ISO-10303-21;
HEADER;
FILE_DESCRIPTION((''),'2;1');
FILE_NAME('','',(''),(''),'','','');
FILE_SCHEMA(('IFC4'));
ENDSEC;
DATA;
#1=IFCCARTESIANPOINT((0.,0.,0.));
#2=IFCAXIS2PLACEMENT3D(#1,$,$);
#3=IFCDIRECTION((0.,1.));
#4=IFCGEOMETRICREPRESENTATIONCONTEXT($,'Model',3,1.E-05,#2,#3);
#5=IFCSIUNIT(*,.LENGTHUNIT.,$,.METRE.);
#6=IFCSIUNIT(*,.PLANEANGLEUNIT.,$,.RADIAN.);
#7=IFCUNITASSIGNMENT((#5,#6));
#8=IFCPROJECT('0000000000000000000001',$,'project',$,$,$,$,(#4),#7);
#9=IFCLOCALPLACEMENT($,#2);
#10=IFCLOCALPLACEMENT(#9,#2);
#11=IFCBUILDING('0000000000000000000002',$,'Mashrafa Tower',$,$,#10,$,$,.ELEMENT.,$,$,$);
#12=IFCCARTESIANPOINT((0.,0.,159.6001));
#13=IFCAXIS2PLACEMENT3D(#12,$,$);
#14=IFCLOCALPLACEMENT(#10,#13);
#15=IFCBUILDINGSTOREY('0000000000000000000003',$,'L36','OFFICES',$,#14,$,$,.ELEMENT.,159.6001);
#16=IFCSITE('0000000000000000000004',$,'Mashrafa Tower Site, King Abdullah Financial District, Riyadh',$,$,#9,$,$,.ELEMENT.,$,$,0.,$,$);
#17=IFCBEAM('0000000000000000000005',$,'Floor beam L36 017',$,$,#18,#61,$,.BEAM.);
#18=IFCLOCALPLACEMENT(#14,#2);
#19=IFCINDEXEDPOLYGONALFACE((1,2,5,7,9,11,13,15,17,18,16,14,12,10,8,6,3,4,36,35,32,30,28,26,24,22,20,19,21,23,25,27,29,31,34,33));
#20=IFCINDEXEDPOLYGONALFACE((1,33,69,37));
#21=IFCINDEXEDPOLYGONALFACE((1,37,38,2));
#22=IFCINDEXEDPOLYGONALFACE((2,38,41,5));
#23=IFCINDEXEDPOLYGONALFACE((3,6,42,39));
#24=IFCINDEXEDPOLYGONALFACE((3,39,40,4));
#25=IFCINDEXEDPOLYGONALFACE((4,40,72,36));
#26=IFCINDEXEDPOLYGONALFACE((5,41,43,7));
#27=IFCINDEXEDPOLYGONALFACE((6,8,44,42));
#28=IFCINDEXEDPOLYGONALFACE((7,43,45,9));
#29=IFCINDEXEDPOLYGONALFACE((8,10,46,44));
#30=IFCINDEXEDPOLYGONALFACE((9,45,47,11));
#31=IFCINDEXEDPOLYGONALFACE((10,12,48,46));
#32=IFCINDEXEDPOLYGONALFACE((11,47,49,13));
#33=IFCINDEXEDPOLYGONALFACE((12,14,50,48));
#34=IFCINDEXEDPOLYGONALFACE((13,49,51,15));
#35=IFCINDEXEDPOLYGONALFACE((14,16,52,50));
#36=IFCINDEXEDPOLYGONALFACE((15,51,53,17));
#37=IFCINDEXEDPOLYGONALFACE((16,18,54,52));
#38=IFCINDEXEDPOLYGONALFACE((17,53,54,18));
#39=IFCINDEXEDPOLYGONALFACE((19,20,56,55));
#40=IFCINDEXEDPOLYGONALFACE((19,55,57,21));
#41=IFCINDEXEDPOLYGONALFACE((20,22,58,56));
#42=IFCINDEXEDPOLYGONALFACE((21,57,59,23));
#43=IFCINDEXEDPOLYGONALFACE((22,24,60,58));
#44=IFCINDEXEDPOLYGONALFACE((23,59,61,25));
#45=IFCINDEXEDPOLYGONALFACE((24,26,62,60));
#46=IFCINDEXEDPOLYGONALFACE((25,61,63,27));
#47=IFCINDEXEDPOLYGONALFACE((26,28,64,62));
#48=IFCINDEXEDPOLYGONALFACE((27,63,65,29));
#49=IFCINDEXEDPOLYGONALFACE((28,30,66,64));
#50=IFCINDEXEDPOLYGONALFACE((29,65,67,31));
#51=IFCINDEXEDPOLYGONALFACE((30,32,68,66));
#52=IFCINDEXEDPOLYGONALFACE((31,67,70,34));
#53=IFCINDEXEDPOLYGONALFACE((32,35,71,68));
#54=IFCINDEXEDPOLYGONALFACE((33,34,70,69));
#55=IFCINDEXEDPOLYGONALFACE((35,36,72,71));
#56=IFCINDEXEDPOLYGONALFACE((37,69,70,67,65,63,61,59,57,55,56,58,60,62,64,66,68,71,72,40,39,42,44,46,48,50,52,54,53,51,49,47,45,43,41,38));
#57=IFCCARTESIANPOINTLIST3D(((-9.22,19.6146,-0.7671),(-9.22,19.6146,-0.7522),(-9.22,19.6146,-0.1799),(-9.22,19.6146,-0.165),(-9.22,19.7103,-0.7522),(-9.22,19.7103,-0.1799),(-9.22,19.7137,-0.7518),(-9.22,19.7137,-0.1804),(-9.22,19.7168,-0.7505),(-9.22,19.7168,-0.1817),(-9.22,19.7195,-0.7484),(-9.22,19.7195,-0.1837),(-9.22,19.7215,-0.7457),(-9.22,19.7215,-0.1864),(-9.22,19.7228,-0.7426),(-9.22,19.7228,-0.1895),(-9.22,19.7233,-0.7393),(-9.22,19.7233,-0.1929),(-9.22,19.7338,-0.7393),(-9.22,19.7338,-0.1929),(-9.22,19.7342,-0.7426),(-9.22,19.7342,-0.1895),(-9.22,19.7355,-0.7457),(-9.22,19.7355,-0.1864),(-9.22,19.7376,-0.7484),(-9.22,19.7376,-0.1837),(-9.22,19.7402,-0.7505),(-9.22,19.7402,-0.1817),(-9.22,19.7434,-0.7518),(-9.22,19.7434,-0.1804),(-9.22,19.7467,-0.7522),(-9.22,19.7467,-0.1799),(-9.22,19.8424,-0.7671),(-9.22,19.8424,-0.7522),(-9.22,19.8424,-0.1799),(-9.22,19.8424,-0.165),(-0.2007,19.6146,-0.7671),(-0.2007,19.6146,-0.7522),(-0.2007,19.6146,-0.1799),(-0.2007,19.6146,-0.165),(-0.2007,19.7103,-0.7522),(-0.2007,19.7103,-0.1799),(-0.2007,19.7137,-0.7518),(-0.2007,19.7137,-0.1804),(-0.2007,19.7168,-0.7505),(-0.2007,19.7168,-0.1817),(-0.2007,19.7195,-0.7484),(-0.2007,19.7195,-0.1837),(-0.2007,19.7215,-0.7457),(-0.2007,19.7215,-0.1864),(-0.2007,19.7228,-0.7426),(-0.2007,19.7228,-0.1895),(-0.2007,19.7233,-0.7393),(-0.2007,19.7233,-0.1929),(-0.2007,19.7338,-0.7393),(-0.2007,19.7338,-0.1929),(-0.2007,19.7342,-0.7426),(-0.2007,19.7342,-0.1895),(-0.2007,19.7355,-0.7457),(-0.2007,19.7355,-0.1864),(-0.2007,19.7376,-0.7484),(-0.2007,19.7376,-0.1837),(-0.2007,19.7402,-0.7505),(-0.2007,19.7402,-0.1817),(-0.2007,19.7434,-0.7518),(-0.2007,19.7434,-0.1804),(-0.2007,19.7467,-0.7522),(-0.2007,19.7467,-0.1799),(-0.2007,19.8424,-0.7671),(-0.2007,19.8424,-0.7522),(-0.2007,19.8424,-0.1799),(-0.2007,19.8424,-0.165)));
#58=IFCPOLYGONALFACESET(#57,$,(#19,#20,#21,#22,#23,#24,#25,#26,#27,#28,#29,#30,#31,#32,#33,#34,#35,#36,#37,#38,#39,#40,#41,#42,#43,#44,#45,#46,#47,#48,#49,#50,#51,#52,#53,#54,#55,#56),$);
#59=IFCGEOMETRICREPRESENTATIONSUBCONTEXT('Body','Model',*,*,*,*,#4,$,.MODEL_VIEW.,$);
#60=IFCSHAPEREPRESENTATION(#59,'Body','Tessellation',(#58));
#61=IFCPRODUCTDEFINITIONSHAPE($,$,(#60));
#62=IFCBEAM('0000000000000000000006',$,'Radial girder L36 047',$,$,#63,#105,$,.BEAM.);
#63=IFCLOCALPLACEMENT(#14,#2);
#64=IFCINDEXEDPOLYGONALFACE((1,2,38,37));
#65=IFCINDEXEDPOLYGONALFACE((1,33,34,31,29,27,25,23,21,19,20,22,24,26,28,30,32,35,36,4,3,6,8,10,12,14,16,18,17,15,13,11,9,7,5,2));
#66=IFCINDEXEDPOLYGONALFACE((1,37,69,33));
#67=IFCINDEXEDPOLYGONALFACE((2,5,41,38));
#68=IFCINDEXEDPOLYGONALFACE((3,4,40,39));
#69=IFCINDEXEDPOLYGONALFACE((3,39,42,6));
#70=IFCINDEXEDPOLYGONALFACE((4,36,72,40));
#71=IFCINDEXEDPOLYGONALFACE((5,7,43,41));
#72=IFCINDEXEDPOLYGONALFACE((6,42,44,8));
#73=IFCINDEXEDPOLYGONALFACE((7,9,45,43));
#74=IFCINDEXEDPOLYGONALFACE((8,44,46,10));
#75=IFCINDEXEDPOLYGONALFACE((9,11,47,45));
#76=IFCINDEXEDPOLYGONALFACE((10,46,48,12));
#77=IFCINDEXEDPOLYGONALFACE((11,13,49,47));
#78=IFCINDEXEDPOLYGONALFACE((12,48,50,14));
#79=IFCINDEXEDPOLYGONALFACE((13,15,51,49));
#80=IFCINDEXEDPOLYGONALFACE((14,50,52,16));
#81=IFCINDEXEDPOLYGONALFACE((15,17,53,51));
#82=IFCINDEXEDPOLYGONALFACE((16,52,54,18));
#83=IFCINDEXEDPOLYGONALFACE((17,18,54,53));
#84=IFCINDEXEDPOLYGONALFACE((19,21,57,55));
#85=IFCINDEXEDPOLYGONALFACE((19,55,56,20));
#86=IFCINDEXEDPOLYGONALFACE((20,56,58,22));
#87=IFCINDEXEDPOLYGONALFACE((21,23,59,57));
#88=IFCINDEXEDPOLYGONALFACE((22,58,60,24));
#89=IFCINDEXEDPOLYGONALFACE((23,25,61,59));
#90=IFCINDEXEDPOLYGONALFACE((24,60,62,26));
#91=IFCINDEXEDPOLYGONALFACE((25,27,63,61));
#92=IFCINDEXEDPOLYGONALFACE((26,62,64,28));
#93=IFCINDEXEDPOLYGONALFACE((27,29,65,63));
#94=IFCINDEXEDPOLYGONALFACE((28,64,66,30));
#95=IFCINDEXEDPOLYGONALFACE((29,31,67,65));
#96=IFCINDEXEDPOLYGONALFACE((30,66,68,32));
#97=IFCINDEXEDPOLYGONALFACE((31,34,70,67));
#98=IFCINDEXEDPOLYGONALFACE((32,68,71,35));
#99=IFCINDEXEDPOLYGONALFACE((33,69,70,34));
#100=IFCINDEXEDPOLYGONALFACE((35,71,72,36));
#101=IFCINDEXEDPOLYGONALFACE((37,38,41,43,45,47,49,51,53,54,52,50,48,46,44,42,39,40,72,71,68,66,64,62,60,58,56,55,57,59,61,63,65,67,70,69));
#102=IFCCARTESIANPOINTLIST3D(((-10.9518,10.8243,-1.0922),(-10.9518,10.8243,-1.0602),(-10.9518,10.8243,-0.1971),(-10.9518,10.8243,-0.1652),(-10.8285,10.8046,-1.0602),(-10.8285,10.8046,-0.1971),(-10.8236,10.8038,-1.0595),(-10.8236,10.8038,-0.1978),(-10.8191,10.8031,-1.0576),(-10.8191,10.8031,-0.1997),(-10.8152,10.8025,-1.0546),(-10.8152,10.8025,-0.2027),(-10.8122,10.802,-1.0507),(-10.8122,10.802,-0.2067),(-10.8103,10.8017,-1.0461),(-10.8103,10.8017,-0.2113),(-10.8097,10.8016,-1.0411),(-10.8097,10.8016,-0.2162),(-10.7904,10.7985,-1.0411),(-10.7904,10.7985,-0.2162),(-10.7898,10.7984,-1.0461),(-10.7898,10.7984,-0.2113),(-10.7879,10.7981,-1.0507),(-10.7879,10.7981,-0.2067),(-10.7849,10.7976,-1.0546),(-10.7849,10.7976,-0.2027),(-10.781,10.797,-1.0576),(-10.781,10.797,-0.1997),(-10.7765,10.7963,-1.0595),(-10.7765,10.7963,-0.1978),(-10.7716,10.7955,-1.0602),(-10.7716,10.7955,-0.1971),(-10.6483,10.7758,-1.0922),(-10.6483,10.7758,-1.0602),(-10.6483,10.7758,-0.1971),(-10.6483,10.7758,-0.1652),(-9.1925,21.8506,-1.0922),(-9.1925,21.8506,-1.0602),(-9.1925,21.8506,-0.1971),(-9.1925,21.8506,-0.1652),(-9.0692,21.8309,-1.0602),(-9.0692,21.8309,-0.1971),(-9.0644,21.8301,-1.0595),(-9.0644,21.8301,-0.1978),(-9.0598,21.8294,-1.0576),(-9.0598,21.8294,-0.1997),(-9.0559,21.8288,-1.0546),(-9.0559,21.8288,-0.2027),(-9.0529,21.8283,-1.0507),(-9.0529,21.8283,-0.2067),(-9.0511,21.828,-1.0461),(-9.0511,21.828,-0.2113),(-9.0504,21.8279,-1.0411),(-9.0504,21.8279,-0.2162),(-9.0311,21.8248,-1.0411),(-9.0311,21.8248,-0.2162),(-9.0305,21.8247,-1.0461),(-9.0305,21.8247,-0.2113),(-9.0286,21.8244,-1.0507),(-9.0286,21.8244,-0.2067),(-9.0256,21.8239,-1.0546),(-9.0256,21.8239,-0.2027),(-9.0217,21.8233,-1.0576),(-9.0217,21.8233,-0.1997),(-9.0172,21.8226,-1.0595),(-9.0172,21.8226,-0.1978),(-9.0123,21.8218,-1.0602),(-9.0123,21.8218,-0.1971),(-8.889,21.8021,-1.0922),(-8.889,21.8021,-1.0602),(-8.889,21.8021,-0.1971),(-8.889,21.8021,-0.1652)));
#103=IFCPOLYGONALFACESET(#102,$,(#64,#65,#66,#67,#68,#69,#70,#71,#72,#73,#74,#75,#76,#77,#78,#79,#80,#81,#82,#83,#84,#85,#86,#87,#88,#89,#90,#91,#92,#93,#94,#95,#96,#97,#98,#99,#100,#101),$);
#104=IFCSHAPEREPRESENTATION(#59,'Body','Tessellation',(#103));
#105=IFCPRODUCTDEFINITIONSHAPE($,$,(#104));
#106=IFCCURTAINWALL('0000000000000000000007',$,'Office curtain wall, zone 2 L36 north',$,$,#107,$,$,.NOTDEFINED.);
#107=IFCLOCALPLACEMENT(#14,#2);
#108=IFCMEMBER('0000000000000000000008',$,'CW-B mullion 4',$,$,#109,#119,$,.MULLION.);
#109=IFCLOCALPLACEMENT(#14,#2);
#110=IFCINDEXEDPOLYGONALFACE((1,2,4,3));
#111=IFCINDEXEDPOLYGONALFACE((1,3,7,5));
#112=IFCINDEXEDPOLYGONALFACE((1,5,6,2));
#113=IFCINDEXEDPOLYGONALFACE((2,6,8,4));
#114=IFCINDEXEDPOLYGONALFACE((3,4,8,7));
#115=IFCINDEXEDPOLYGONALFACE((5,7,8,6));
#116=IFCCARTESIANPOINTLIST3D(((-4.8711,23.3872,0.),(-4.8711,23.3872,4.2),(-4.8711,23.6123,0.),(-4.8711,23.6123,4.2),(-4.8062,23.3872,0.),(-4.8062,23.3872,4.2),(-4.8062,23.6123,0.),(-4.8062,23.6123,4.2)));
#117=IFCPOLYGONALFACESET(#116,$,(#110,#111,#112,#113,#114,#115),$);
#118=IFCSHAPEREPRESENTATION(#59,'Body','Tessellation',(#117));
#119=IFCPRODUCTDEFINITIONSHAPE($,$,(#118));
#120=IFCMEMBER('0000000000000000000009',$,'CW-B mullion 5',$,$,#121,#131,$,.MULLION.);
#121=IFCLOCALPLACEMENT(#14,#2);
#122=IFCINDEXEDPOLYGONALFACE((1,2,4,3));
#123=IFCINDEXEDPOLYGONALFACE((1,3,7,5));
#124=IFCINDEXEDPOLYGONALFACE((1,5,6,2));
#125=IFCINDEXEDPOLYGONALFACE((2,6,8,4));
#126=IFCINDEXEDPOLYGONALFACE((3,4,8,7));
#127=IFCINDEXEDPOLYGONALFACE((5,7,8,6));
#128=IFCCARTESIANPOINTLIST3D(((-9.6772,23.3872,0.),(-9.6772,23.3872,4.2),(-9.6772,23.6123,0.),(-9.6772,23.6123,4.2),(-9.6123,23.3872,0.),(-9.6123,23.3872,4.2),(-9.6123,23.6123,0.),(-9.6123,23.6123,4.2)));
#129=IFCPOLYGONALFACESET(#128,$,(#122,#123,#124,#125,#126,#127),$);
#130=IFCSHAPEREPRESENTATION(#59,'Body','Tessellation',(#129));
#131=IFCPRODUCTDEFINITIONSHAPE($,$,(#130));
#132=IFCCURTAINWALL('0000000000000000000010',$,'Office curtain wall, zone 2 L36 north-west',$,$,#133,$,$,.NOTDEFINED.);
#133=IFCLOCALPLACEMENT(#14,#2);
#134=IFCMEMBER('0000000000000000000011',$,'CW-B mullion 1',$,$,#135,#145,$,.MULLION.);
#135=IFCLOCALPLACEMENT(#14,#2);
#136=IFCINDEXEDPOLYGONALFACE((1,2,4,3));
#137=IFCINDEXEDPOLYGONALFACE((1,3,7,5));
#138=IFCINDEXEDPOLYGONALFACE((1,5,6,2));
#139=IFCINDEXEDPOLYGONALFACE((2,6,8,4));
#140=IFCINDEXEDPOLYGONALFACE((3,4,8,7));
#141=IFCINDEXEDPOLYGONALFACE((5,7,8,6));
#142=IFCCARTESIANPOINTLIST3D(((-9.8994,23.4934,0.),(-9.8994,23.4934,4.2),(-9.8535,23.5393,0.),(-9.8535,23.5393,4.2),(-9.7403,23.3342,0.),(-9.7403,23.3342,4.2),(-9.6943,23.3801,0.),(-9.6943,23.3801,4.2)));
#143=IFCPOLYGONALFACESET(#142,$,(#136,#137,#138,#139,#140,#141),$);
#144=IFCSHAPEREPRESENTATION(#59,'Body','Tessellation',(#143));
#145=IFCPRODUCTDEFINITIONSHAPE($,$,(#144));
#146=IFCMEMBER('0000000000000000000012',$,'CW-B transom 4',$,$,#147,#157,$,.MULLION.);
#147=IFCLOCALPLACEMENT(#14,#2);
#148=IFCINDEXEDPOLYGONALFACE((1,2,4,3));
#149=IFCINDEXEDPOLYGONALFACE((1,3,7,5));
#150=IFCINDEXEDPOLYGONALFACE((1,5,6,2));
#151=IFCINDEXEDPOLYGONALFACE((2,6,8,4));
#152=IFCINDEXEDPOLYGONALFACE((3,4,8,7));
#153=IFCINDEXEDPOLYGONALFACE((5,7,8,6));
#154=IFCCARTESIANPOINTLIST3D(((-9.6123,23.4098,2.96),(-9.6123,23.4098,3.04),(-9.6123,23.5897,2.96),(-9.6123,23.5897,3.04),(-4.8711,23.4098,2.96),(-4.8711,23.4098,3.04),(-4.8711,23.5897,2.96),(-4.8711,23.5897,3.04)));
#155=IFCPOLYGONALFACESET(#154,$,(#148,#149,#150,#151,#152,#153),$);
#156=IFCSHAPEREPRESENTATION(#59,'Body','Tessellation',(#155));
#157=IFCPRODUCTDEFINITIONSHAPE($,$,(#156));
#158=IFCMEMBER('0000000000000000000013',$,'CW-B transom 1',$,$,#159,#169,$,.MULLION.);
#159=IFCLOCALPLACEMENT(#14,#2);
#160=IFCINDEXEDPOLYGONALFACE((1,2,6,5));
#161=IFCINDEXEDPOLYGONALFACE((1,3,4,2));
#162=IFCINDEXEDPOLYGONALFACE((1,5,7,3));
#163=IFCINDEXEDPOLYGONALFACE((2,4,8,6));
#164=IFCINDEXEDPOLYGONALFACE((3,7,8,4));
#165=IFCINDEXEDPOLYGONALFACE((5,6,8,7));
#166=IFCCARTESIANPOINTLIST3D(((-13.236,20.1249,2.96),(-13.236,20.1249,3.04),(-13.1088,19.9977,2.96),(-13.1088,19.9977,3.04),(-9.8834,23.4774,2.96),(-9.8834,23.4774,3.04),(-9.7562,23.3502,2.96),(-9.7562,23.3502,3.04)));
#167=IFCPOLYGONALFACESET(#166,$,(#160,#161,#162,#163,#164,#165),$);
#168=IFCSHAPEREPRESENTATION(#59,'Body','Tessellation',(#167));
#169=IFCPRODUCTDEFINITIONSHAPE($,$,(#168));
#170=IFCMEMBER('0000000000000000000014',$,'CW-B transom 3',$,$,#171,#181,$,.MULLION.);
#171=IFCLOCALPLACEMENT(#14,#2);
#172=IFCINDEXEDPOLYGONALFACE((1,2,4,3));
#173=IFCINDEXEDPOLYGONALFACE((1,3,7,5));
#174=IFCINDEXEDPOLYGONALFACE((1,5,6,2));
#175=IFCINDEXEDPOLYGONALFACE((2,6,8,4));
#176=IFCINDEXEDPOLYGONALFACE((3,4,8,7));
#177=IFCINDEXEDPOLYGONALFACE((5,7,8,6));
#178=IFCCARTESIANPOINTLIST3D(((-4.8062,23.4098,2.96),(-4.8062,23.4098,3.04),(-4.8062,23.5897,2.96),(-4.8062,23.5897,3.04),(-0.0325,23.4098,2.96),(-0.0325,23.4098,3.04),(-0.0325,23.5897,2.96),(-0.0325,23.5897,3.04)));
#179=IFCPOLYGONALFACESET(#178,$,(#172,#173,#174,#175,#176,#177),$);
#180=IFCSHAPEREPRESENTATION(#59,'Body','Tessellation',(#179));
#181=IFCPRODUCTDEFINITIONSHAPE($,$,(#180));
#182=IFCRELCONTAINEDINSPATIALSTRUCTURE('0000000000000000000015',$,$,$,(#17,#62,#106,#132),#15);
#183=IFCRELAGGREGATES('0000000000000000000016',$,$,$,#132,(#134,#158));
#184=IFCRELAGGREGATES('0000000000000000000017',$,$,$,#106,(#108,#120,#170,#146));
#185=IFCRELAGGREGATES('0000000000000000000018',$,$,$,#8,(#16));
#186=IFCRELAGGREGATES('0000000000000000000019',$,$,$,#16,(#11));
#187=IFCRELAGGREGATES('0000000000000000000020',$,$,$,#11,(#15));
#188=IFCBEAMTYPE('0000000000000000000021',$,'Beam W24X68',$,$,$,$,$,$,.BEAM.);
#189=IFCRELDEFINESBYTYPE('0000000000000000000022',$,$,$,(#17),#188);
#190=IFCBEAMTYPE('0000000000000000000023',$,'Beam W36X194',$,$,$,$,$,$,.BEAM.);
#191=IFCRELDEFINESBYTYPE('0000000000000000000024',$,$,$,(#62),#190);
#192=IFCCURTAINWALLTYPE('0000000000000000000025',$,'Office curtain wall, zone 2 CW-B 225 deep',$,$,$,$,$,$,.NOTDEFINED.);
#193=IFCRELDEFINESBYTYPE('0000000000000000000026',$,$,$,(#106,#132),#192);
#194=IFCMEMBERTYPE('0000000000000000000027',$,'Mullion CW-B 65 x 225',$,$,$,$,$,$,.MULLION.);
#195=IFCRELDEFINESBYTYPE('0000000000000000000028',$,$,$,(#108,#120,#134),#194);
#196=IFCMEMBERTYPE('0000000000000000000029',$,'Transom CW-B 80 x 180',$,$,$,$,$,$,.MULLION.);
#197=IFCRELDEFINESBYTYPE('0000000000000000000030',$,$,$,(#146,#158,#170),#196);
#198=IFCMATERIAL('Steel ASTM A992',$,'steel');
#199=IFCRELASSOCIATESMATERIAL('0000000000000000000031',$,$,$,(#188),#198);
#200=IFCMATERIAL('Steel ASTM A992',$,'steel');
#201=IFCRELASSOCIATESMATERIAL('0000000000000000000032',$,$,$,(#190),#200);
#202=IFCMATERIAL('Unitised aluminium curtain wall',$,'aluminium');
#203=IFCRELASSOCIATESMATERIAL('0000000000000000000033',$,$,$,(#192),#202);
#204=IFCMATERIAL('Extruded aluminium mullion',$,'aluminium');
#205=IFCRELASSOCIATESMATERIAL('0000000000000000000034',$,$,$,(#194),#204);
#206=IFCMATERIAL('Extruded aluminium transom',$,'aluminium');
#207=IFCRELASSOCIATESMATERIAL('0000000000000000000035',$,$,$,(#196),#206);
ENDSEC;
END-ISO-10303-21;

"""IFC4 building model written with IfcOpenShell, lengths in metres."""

from ifc_helpers import new_model, si_unit, direction, frame, origin, origin_2d, place, context, subcontext, project, spatial, rectangle, i_section, extrude, source, transform, mapped, material, material_profile, profile_set, type_object, type_shapes, element, aggregate, save


model = new_model("IFC4")

# Units and contexts
model_context = context("Model", 3, precision=1e-05, world=origin(), true_north=direction((0.0, 1.0)))
body_context = subcontext(model_context, "Body", "Model", "MODEL_VIEW")
ifc_project = project(units=[si_unit("LENGTHUNIT", "METRE"), si_unit("PLANEANGLEUNIT", "RADIAN")], contexts=[model_context])

# Site, building, storey
site_placement = place(None, origin())
site = spatial("IfcSite", under=ifc_project, at=site_placement, Name="Mashrafa Tower Site, King Abdullah Financial District, Riyadh", CompositionType="ELEMENT", RefElevation=0.0)
building_placement = place(site_placement, origin())
building = spatial("IfcBuilding", under=site, at=building_placement, Name="Mashrafa Tower", CompositionType="ELEMENT")
storey_placement = place(building_placement, frame((0.0, 0.0, 159.6001)))
storey = spatial("IfcBuildingStorey", under=building, at=storey_placement, Name="L36", Description="OFFICES", CompositionType="ELEMENT", Elevation=159.6001)

# Beams
ifc_material_1 = material(Name="Steel ASTM A992", Category="steel")
ifc_material_profile_1 = material_profile(ifc_material_1, i_section(OverallWidth=0.2278, OverallDepth=0.6021, WebThickness=0.0105, FlangeThickness=0.0149, FilletRadius=0.0129, at=origin_2d()), Name="W24X68")
ifc_profile_set_1 = profile_set([ifc_material_profile_1], Name="Steel ASTM A992")
beam_type_1 = type_object("IfcBeamType", Name="Beam W24X68", PredefinedType="BEAM", material=ifc_profile_set_1)
beam_1_placement = place(storey_placement, frame((-9.22, 19.7285, -0.4661), z_axis=(1.0, 0.0, 0.0), x_axis=(0.0, 1.0, 0.0)))
element("IfcBeam", 1, at=beam_1_placement, inside=storey, type_object=beam_type_1, Name="Floor beam L36 017", PredefinedType="BEAM", context=body_context, shape_type="SweptSolid", body=[
    extrude(i_section(OverallWidth=0.2278, OverallDepth=0.6021, WebThickness=0.0105, FlangeThickness=0.0149, FilletRadius=0.0129, at=origin_2d()), origin(), (0.0, 0.0, 1.0), 9.0193),
])
ifc_material_2 = material(Name="Steel ASTM A992", Category="steel")
ifc_material_profile_2 = material_profile(ifc_material_2, i_section(OverallWidth=0.3074, OverallDepth=0.927, WebThickness=0.0195, FlangeThickness=0.032, FilletRadius=0.019, at=origin_2d()), Name="W36X194")
ifc_profile_set_2 = profile_set([ifc_material_profile_2], Name="Steel ASTM A992")
beam_type_2 = type_object("IfcBeamType", Name="Beam W36X194", PredefinedType="BEAM", material=ifc_profile_set_2)
beam_2_placement = place(storey_placement, frame((-10.8, 10.8, -0.6287), z_axis=(0.157559, 0.98751, 0.0), x_axis=(-0.98751, 0.157559, 0.0)))
element("IfcBeam", 2, at=beam_2_placement, inside=storey, type_object=beam_type_2, Name="Radial girder L36 047", PredefinedType="BEAM", context=body_context, shape_type="SweptSolid", body=[
    extrude(i_section(OverallWidth=0.3074, OverallDepth=0.927, WebThickness=0.0195, FlangeThickness=0.032, FilletRadius=0.019, at=origin_2d()), origin(), (0.0, 0.0, 1.0), 11.1658),
])

# Curtain wall, members
ifc_material_3 = material(Name="Unitised aluminium curtain wall", Category="aluminium")
curtain_wall_type = type_object("IfcCurtainWallType", Name="Office curtain wall, zone 2 CW-B 225 deep", PredefinedType="NOTDEFINED", material=ifc_material_3)
curtain_wall_1_placement = place(storey_placement, origin())
curtain_wall_1 = element("IfcCurtainWall", 3, at=curtain_wall_1_placement, inside=storey, type_object=curtain_wall_type, Name="Office curtain wall, zone 2 L36 north", PredefinedType="NOTDEFINED")
ifc_material_4 = material(Name="Extruded aluminium mullion", Category="aluminium")
ifc_material_profile_3 = material_profile(ifc_material_4, rectangle(XDim=0.2251, YDim=0.0649, at=origin_2d()), Name="Mullion 65x225")
ifc_profile_set_3 = profile_set([ifc_material_profile_3], Name="Extruded aluminium mullion")
member_type_1 = type_object("IfcMemberType", Name="Mullion CW-B 65 x 225", PredefinedType="MULLION", material=ifc_profile_set_3)
shared_shape_1 = source(origin(), body_context, "Body", "SweptSolid", [
    extrude(rectangle(XDim=0.2251, YDim=0.0649, at=origin_2d()), origin(), (0.0, 0.0, 1.0), 4.2),
])
type_shapes(member_type_1, [shared_shape_1])
member_1_placement = place(storey_placement, frame((-4.8386, 23.4998, 0.0), z_axis=(0.0, 0.0, 1.0), x_axis=(0.0, -1.0, 0.0)))
member_1 = element("IfcMember", 4, at=member_1_placement, type_object=member_type_1, Name="CW-B mullion 4", PredefinedType="MULLION", context=body_context, shape_type="MappedRepresentation", body=[
    mapped(shared_shape_1, transform((0.0, 0.0, 0.0))),
])
member_2_placement = place(storey_placement, frame((-9.6448, 23.4998, 0.0), z_axis=(0.0, 0.0, 1.0), x_axis=(0.0, -1.0, 0.0)))
member_2 = element("IfcMember", 5, at=member_2_placement, type_object=member_type_1, Name="CW-B mullion 5", PredefinedType="MULLION", context=body_context, shape_type="MappedRepresentation", body=[
    mapped(shared_shape_1, transform((0.0, 0.0, 0.0))),
])

# Curtain wall, member
curtain_wall_2_placement = place(storey_placement, origin())
curtain_wall_2 = element("IfcCurtainWall", 6, at=curtain_wall_2_placement, inside=storey, type_object=curtain_wall_type, Name="Office curtain wall, zone 2 L36 north-west", PredefinedType="NOTDEFINED")
member_3_placement = place(storey_placement, frame((-9.7969, 23.4368, 0.0), z_axis=(0.0, 0.0, 1.0), x_axis=(0.707107, -0.707107, 0.0)))
member_3 = element("IfcMember", 7, at=member_3_placement, type_object=member_type_1, Name="CW-B mullion 1", PredefinedType="MULLION", context=body_context, shape_type="MappedRepresentation", body=[
    mapped(shared_shape_1, transform((0.0, 0.0, 0.0))),
])

# Members
ifc_material_5 = material(Name="Extruded aluminium transom", Category="aluminium")
ifc_material_profile_4 = material_profile(ifc_material_5, rectangle(XDim=0.1799, YDim=0.0801, at=origin_2d()), Name="Transom 80x180")
ifc_profile_set_4 = profile_set([ifc_material_profile_4], Name="Extruded aluminium transom")
member_type_2 = type_object("IfcMemberType", Name="Transom CW-B 80 x 180", PredefinedType="MULLION", material=ifc_profile_set_4)
shared_shape_2 = source(origin(), body_context, "Body", "SweptSolid", [
    extrude(rectangle(XDim=0.1799, YDim=0.0801, at=origin_2d()), origin(), (0.0, 0.0, 1.0), 4.7412),
])
member_4_placement = place(storey_placement, frame((-4.8711, 23.4998, 3.0), z_axis=(-1.0, 0.0, 0.0), x_axis=(0.0, -1.0, 0.0)))
member_4 = element("IfcMember", 8, at=member_4_placement, type_object=member_type_2, Name="CW-B transom 4", PredefinedType="MULLION", context=body_context, shape_type="MappedRepresentation", body=[
    mapped(shared_shape_2, transform((0.0, 0.0, 0.0))),
])
member_5_placement = place(storey_placement, frame((-9.8198, 23.4138, 3.0), z_axis=(-0.707107, -0.707107, 0.0), x_axis=(0.707107, -0.707107, 0.0)))
member_5 = element("IfcMember", 9, at=member_5_placement, type_object=member_type_2, Name="CW-B transom 1", PredefinedType="MULLION", context=body_context, shape_type="MappedRepresentation", body=[
    mapped(shared_shape_2, transform((0.0, 0.0, 0.0))),
])
shared_shape_3 = source(origin(), body_context, "Body", "SweptSolid", [
    extrude(rectangle(XDim=0.1799, YDim=0.0801, at=origin_2d()), origin(), (0.0, 0.0, 1.0), 4.7737),
])
type_shapes(member_type_2, [shared_shape_2, shared_shape_3])
member_6_placement = place(storey_placement, frame((-0.0325, 23.4998, 3.0), z_axis=(-1.0, 0.0, 0.0), x_axis=(0.0, -1.0, 0.0)))
member_6 = element("IfcMember", 10, at=member_6_placement, type_object=member_type_2, Name="CW-B transom 3", PredefinedType="MULLION", context=body_context, shape_type="MappedRepresentation", body=[
    mapped(shared_shape_3, transform((0.0, 0.0, 0.0))),
])

aggregate(curtain_wall_2, [member_3, member_5])
aggregate(curtain_wall_1, [member_1, member_2, member_6, member_4])

save(model, "model.ifc")
